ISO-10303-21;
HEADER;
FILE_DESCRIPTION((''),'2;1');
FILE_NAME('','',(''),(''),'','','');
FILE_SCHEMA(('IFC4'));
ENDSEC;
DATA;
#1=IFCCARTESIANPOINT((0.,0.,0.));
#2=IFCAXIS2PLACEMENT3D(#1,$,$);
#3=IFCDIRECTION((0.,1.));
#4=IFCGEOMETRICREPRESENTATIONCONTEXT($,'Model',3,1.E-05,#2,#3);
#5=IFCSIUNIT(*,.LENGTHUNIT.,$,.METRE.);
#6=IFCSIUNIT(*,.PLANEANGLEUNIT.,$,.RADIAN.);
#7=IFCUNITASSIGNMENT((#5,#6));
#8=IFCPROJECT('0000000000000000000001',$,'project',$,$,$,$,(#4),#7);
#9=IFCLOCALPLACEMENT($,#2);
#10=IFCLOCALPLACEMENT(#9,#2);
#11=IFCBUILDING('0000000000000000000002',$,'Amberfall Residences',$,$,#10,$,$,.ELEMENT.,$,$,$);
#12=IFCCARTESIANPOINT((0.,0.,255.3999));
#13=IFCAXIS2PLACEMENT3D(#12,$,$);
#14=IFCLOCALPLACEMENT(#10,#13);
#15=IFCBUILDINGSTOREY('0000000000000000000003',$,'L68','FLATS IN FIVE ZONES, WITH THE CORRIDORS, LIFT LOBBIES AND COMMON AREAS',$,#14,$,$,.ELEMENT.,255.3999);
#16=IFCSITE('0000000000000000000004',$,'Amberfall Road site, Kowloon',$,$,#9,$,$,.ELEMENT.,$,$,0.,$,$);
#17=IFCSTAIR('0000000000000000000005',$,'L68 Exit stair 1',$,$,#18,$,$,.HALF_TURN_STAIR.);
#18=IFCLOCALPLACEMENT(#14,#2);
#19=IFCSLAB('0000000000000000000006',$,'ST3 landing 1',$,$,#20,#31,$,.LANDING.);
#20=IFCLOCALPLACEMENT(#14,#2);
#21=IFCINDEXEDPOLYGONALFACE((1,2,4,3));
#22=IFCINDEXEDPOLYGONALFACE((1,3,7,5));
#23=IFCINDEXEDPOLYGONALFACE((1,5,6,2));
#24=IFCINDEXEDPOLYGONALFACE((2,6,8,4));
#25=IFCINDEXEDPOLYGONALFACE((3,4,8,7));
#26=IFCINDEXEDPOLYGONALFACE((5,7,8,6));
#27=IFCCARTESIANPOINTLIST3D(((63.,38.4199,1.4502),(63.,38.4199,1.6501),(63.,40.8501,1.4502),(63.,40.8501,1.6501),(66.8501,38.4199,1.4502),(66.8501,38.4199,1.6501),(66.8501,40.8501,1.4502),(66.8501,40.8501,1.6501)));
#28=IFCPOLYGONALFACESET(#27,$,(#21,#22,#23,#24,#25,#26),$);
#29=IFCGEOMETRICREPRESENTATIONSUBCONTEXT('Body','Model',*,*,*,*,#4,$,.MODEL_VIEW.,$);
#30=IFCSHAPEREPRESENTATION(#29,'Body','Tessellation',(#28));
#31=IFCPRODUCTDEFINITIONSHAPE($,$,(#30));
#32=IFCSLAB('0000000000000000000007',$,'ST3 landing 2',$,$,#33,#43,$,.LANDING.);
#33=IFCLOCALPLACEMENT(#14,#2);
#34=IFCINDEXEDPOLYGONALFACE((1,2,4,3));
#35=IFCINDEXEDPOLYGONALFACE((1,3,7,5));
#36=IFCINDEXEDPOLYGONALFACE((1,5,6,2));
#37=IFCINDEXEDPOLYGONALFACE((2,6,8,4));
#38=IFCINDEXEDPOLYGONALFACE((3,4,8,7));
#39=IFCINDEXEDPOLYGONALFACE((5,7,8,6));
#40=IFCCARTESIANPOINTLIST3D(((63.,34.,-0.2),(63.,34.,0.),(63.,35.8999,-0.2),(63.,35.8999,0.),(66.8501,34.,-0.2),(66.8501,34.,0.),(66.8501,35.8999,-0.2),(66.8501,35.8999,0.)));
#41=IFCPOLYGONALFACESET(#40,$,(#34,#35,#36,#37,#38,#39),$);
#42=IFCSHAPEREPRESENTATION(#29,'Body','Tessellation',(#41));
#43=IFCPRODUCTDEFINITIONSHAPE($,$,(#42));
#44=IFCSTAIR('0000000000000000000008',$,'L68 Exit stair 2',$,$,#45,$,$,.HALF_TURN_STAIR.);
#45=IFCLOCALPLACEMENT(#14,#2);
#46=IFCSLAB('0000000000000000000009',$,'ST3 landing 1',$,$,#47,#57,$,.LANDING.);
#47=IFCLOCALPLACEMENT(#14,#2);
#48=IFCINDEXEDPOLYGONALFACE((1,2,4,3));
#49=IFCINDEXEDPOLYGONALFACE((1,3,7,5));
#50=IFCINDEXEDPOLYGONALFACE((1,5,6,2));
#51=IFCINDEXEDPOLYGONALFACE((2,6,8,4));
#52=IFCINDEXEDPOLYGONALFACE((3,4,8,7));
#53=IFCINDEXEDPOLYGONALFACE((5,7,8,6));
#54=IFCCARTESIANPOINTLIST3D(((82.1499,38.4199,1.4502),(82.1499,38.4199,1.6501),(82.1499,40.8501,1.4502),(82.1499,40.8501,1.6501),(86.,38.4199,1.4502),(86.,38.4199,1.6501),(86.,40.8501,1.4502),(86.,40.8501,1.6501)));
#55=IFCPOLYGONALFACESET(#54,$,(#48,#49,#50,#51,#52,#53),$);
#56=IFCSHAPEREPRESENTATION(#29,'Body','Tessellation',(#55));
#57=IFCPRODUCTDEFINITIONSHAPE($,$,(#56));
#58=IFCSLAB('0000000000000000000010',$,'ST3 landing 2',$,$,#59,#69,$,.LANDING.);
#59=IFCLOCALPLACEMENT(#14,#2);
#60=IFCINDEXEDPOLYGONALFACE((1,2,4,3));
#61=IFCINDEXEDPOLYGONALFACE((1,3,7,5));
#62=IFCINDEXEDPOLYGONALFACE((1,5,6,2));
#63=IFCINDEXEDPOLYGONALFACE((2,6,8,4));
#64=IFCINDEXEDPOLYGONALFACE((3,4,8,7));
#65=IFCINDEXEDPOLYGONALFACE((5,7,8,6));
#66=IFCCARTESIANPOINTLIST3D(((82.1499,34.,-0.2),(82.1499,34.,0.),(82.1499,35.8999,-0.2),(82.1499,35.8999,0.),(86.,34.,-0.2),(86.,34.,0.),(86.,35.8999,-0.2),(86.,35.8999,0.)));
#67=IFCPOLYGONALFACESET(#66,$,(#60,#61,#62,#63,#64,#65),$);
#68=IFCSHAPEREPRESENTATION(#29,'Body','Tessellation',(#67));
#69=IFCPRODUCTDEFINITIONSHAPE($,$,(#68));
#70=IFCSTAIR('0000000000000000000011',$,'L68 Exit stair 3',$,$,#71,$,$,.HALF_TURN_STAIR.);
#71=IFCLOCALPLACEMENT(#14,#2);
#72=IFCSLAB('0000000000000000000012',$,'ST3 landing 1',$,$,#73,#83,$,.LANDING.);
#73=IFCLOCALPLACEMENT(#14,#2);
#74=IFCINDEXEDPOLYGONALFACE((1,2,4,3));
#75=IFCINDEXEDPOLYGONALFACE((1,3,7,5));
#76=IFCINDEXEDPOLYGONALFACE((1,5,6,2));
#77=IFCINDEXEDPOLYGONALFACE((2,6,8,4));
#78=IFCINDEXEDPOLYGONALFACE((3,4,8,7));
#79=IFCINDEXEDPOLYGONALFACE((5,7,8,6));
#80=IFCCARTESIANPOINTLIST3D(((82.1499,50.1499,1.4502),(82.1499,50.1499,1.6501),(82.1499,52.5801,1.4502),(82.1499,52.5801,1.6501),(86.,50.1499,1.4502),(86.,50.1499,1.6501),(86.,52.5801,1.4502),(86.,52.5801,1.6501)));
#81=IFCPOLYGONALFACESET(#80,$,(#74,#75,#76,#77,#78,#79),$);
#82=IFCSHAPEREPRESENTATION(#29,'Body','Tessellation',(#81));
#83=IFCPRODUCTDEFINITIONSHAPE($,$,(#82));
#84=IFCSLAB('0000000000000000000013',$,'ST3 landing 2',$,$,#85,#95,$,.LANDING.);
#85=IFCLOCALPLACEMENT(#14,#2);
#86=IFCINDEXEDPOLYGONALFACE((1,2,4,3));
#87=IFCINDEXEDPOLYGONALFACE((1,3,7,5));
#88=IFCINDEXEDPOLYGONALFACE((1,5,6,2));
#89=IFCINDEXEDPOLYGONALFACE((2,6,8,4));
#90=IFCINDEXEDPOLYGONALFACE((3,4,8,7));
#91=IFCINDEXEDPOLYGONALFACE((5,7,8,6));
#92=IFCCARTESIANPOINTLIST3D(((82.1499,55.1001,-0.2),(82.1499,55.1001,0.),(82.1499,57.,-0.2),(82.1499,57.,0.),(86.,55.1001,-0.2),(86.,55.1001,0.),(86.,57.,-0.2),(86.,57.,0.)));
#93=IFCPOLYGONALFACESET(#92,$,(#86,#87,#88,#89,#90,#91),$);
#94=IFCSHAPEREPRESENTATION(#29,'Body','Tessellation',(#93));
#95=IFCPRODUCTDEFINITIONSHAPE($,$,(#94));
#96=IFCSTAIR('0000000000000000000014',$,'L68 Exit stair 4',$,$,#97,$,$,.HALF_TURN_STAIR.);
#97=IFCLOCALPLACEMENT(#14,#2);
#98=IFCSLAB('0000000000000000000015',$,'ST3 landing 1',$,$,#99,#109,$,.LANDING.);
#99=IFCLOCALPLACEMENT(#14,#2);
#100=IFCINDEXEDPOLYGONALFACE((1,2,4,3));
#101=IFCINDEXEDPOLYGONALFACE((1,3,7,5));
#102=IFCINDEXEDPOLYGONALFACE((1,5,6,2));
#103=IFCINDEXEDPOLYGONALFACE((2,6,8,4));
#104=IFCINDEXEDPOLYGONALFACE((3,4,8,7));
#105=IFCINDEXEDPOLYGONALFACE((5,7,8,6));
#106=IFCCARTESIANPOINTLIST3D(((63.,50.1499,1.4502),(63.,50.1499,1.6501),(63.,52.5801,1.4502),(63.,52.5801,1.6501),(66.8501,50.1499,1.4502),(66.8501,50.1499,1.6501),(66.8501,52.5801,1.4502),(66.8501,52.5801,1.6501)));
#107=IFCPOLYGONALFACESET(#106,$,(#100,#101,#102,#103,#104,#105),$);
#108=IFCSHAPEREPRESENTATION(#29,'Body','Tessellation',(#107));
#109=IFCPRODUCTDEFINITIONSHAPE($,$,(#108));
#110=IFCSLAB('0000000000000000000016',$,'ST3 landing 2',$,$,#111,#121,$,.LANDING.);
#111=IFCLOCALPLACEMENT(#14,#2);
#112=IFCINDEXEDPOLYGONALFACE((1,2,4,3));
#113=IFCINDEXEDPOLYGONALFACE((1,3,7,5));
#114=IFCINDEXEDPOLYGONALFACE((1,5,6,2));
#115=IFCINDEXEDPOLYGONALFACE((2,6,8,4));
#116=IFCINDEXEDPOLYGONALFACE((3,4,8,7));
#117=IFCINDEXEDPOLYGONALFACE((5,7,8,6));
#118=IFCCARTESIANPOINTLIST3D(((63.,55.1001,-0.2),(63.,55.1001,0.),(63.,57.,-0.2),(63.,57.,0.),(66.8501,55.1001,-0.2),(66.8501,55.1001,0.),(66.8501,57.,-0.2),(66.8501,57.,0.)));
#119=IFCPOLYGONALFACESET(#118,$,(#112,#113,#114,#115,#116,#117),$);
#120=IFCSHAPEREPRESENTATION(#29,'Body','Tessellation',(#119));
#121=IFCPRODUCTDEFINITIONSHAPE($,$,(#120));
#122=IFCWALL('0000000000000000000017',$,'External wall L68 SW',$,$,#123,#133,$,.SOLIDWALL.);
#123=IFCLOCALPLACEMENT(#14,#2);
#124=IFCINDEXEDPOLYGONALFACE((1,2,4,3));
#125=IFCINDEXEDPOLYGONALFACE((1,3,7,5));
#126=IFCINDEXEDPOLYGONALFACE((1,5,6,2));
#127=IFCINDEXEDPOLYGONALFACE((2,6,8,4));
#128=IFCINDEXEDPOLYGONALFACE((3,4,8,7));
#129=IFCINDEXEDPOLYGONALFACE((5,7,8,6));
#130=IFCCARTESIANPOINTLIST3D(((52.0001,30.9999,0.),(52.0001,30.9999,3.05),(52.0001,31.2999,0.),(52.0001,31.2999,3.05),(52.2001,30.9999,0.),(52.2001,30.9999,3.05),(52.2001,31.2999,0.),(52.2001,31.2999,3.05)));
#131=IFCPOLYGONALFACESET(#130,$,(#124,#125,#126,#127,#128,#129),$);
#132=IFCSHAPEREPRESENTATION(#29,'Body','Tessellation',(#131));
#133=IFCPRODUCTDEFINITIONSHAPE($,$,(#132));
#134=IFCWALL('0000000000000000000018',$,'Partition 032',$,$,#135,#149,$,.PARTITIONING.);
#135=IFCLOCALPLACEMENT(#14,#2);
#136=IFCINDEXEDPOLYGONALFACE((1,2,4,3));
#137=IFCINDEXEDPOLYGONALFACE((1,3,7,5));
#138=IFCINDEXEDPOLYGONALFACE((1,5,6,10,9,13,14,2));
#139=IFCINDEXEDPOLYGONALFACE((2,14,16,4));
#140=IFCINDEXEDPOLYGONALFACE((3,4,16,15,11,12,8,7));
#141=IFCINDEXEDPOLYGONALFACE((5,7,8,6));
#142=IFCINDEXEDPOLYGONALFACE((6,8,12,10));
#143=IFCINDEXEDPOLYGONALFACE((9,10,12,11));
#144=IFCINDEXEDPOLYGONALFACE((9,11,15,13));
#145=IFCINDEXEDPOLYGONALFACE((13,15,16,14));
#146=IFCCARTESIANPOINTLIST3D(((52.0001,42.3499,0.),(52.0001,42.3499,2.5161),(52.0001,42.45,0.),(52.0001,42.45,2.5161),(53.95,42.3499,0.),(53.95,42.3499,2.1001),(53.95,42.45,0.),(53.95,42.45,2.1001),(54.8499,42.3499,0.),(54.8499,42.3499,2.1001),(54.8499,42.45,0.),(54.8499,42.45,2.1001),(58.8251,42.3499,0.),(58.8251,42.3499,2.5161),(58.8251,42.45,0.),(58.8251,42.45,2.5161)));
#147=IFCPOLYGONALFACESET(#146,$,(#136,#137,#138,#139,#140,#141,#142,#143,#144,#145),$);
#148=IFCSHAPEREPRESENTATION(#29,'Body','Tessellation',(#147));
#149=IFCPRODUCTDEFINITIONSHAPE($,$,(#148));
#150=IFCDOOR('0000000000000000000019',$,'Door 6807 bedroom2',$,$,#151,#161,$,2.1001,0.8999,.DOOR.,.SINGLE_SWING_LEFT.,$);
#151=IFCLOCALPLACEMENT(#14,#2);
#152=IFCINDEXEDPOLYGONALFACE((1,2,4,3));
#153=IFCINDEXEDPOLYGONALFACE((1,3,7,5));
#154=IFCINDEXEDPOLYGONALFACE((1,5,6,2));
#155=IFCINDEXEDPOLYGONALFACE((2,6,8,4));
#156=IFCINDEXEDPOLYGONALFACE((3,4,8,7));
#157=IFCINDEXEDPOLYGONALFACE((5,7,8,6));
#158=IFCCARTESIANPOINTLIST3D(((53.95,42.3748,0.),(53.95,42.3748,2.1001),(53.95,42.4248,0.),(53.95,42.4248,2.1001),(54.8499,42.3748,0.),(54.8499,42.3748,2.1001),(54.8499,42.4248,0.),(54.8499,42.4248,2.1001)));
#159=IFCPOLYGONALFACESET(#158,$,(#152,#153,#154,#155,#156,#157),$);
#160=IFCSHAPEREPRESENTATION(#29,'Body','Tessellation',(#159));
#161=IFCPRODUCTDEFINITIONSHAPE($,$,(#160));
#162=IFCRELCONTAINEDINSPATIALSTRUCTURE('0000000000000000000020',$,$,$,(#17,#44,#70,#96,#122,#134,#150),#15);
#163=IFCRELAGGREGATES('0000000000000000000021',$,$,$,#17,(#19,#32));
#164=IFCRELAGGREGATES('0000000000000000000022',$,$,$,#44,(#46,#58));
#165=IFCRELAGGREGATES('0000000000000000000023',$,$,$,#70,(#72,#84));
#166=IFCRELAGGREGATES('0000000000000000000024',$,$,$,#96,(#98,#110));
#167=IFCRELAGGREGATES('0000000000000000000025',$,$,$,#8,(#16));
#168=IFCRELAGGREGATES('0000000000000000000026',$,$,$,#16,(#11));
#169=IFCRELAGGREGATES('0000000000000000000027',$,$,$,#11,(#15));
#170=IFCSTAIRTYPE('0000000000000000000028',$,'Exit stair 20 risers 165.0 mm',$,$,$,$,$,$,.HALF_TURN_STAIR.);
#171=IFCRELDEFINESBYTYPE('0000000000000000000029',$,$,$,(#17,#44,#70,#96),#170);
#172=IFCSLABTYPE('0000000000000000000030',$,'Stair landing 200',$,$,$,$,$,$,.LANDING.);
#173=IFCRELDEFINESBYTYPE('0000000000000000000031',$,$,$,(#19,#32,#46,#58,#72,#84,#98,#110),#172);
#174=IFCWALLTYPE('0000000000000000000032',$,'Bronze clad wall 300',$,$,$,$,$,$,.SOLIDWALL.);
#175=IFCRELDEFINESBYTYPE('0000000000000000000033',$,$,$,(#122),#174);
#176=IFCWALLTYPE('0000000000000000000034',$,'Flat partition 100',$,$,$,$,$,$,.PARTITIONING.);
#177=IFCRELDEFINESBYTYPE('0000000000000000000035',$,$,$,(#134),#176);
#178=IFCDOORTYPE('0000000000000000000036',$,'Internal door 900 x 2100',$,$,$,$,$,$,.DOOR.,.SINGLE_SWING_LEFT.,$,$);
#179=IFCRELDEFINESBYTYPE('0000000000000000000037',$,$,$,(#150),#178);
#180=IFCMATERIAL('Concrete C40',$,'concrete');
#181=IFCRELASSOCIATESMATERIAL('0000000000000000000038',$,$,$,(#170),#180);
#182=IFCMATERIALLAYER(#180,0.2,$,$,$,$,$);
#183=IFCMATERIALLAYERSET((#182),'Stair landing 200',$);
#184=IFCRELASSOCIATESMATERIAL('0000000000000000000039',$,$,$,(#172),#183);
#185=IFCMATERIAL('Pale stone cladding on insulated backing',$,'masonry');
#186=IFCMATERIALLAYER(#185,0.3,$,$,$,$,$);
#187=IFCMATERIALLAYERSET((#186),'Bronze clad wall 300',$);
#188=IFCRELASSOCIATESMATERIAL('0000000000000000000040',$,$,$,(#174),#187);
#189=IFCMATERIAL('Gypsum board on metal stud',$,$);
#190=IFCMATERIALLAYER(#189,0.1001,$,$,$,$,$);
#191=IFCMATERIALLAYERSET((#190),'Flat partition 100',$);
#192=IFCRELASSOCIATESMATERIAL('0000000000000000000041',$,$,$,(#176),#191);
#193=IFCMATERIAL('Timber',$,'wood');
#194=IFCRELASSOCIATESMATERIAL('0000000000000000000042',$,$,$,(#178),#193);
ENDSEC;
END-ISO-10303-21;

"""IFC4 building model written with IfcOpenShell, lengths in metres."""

from ifc_helpers import new_model, si_unit, direction, frame, frame_2d, origin, place, context, subcontext, project, spatial, polyline, rectangle, outline, extrude, material, layer, layer_set, type_object, element, fill, aggregate, save


model = new_model("IFC4")

# Units and contexts
model_context = context("Model", 3, precision=1e-05, world=origin(), true_north=direction((0.0, 1.0)))
body_context = subcontext(model_context, "Body", "Model", "MODEL_VIEW")
ifc_project = project(units=[si_unit("LENGTHUNIT", "METRE"), si_unit("PLANEANGLEUNIT", "RADIAN")], contexts=[model_context])

# Site, building, storey
site_placement = place(None, origin())
site = spatial("IfcSite", under=ifc_project, at=site_placement, Name="Amberfall Road site, Kowloon", CompositionType="ELEMENT", RefElevation=0.0)
building_placement = place(site_placement, origin())
building = spatial("IfcBuilding", under=site, at=building_placement, Name="Amberfall Residences", CompositionType="ELEMENT")
storey_placement = place(building_placement, frame((0.0, 0.0, 255.3999)))
storey = spatial("IfcBuildingStorey", under=building, at=storey_placement, Name="L68", Description="FLATS IN FIVE ZONES, WITH THE CORRIDORS, LIFT LOBBIES AND COMMON AREAS", CompositionType="ELEMENT", Elevation=255.3999)

# Stairs, slabs
ifc_material_1 = material(Name="Concrete C40", Category="concrete")
stair_type = type_object("IfcStairType", Name="Exit stair 20 risers 165.0 mm", PredefinedType="HALF_TURN_STAIR", material=ifc_material_1)
stair_1_placement = place(storey_placement, origin())
stair_1 = element("IfcStair", 1, at=stair_1_placement, inside=storey, type_object=stair_type, Name="L68 Exit stair 1", PredefinedType="HALF_TURN_STAIR")
ifc_layer_1 = layer(ifc_material_1, 0.2)
ifc_layer_set_1 = layer_set([ifc_layer_1], Name="Stair landing 200")
slab_type_1 = type_object("IfcSlabType", Name="Stair landing 200", PredefinedType="LANDING", material=ifc_layer_set_1)
slab_1_placement = place(storey_placement, frame((0.0, 0.0, 1.4502)))
slab_1 = element("IfcSlab", 2, at=slab_1_placement, type_object=slab_type_1, Name="ST3 landing 1", PredefinedType="LANDING", context=body_context, shape_type="SweptSolid", body=[
    extrude(outline(polyline([(66.8501, 38.4199), (66.8501, 40.8501), (63.0, 40.8501), (63.0, 38.4199), (66.8501, 38.4199)])), origin(), (0.0, 0.0, 1.0), 0.2),
])
slab_2_placement = place(storey_placement, frame((0.0, 0.0, -0.2)))
slab_2 = element("IfcSlab", 3, at=slab_2_placement, type_object=slab_type_1, Name="ST3 landing 2", PredefinedType="LANDING", context=body_context, shape_type="SweptSolid", body=[
    extrude(outline(polyline([(66.8501, 34.0), (66.8501, 35.8999), (63.0, 35.8999), (63.0, 34.0), (66.8501, 34.0)])), origin(), (0.0, 0.0, 1.0), 0.2),
])
aggregate(stair_1, [slab_1, slab_2])
stair_2_placement = place(storey_placement, origin())
stair_2 = element("IfcStair", 4, at=stair_2_placement, inside=storey, type_object=stair_type, Name="L68 Exit stair 2", PredefinedType="HALF_TURN_STAIR")
slab_3_placement = place(storey_placement, frame((0.0, 0.0, 1.4502)))
slab_3 = element("IfcSlab", 5, at=slab_3_placement, type_object=slab_type_1, Name="ST3 landing 1", PredefinedType="LANDING", context=body_context, shape_type="SweptSolid", body=[
    extrude(outline(polyline([(86.0, 38.4199), (86.0, 40.8501), (82.1499, 40.8501), (82.1499, 38.4199), (86.0, 38.4199)])), origin(), (0.0, 0.0, 1.0), 0.2),
])
slab_4_placement = place(storey_placement, frame((0.0, 0.0, -0.2)))
slab_4 = element("IfcSlab", 6, at=slab_4_placement, type_object=slab_type_1, Name="ST3 landing 2", PredefinedType="LANDING", context=body_context, shape_type="SweptSolid", body=[
    extrude(outline(polyline([(86.0, 34.0), (86.0, 35.8999), (82.1499, 35.8999), (82.1499, 34.0), (86.0, 34.0)])), origin(), (0.0, 0.0, 1.0), 0.2),
])
aggregate(stair_2, [slab_3, slab_4])
stair_3_placement = place(storey_placement, origin())
stair_3 = element("IfcStair", 7, at=stair_3_placement, inside=storey, type_object=stair_type, Name="L68 Exit stair 3", PredefinedType="HALF_TURN_STAIR")
slab_5_placement = place(storey_placement, frame((0.0, 0.0, 1.4502)))
slab_5 = element("IfcSlab", 8, at=slab_5_placement, type_object=slab_type_1, Name="ST3 landing 1", PredefinedType="LANDING", context=body_context, shape_type="SweptSolid", body=[
    extrude(outline(polyline([(82.1499, 52.5801), (82.1499, 50.1499), (86.0, 50.1499), (86.0, 52.5801), (82.1499, 52.5801)])), origin(), (0.0, 0.0, 1.0), 0.2),
])
slab_6_placement = place(storey_placement, frame((0.0, 0.0, -0.2)))
slab_6 = element("IfcSlab", 9, at=slab_6_placement, type_object=slab_type_1, Name="ST3 landing 2", PredefinedType="LANDING", context=body_context, shape_type="SweptSolid", body=[
    extrude(outline(polyline([(82.1499, 57.0), (82.1499, 55.1001), (86.0, 55.1001), (86.0, 57.0), (82.1499, 57.0)])), origin(), (0.0, 0.0, 1.0), 0.2),
])
aggregate(stair_3, [slab_5, slab_6])
stair_4_placement = place(storey_placement, origin())
stair_4 = element("IfcStair", 10, at=stair_4_placement, inside=storey, type_object=stair_type, Name="L68 Exit stair 4", PredefinedType="HALF_TURN_STAIR")
slab_7_placement = place(storey_placement, frame((0.0, 0.0, 1.4502)))
slab_7 = element("IfcSlab", 11, at=slab_7_placement, type_object=slab_type_1, Name="ST3 landing 1", PredefinedType="LANDING", context=body_context, shape_type="SweptSolid", body=[
    extrude(outline(polyline([(63.0, 52.5801), (63.0, 50.1499), (66.8501, 50.1499), (66.8501, 52.5801), (63.0, 52.5801)])), origin(), (0.0, 0.0, 1.0), 0.2),
])
slab_8_placement = place(storey_placement, frame((0.0, 0.0, -0.2)))
slab_8 = element("IfcSlab", 12, at=slab_8_placement, type_object=slab_type_1, Name="ST3 landing 2", PredefinedType="LANDING", context=body_context, shape_type="SweptSolid", body=[
    extrude(outline(polyline([(63.0, 57.0), (63.0, 55.1001), (66.8501, 55.1001), (66.8501, 57.0), (63.0, 57.0)])), origin(), (0.0, 0.0, 1.0), 0.2),
])
aggregate(stair_4, [slab_7, slab_8])

# Wall
ifc_material_2 = material(Name="Pale stone cladding on insulated backing", Category="masonry")
ifc_layer_2 = layer(ifc_material_2, 0.3)
ifc_layer_set_2 = layer_set([ifc_layer_2], Name="Bronze clad wall 300")
wall_type_1 = type_object("IfcWallType", Name="Bronze clad wall 300", PredefinedType="SOLIDWALL", material=ifc_layer_set_2)
wall_1_placement = place(storey_placement, frame((52.0, 31.1499, 0.0), z_axis=(0.0, 0.0, 1.0), x_axis=(1.0, 0.0, 0.0)))
element("IfcWall", 13, at=wall_1_placement, inside=storey, type_object=wall_type_1, Name="External wall L68 SW", PredefinedType="SOLIDWALL", context=body_context, shape_type="SweptSolid", body=[
    extrude(rectangle(XDim=0.2, YDim=0.3, at=frame_2d((0.1001, 0.0))), origin(), (0.0, 0.0, 1.0), 3.05),
])

# Wall, opening, door
ifc_material_3 = material(Name="Gypsum board on metal stud")
ifc_layer_3 = layer(ifc_material_3, 0.1001)
ifc_layer_set_3 = layer_set([ifc_layer_3], Name="Flat partition 100")
wall_type_2 = type_object("IfcWallType", Name="Flat partition 100", PredefinedType="PARTITIONING", material=ifc_layer_set_3)
wall_2_placement = place(storey_placement, frame((52.0, 42.3999, 0.0), z_axis=(0.0, 0.0, 1.0), x_axis=(1.0, 0.0, 0.0)))
wall_2 = element("IfcWall", 14, at=wall_2_placement, inside=storey, type_object=wall_type_2, Name="Partition 032", PredefinedType="PARTITIONING", context=body_context, shape_type="SweptSolid", body=[
    extrude(rectangle(XDim=6.825, YDim=0.1001, at=frame_2d((3.4126, 0.0))), origin(), (0.0, 0.0, 1.0), 2.5161),
])
opening_placement = place(wall_2_placement, frame((1.95, 0.0, 0.0)))
opening = element("IfcOpeningElement", 15, at=opening_placement, cuts=wall_2, PredefinedType="OPENING", context=body_context, shape_type="SweptSolid", body=[
    extrude(rectangle(XDim=0.8999, YDim=2.1001, at=frame_2d((0.45, 1.05))), frame((0.0, 0.0601, 0.0), z_axis=(0.0, -1.0, 0.0), x_axis=(1.0, 0.0, 0.0)), (0.0, 0.0, 1.0), 0.1201),
])
ifc_material_4 = material(Name="Timber", Category="wood")
door_type = type_object("IfcDoorType", Name="Internal door 900 x 2100", OperationType="SINGLE_SWING_LEFT", PredefinedType="DOOR", material=ifc_material_4)
door_placement = place(opening_placement, origin())
door = element("IfcDoor", 16, at=door_placement, inside=storey, type_object=door_type, Name="Door 6807 bedroom2", OperationType="SINGLE_SWING_LEFT", OverallHeight=2.1001, OverallWidth=0.8999, PredefinedType="DOOR", context=body_context, shape_type="SweptSolid", body=[
    extrude(rectangle(XDim=0.8999, YDim=2.1001, at=frame_2d((0.45, 1.05))), frame((0.0, 0.0249, 0.0), z_axis=(0.0, -1.0, 0.0), x_axis=(1.0, 0.0, 0.0)), (0.0, 0.0, 1.0), 0.05),
])
fill(opening, door)

save(model, "model.ifc")
